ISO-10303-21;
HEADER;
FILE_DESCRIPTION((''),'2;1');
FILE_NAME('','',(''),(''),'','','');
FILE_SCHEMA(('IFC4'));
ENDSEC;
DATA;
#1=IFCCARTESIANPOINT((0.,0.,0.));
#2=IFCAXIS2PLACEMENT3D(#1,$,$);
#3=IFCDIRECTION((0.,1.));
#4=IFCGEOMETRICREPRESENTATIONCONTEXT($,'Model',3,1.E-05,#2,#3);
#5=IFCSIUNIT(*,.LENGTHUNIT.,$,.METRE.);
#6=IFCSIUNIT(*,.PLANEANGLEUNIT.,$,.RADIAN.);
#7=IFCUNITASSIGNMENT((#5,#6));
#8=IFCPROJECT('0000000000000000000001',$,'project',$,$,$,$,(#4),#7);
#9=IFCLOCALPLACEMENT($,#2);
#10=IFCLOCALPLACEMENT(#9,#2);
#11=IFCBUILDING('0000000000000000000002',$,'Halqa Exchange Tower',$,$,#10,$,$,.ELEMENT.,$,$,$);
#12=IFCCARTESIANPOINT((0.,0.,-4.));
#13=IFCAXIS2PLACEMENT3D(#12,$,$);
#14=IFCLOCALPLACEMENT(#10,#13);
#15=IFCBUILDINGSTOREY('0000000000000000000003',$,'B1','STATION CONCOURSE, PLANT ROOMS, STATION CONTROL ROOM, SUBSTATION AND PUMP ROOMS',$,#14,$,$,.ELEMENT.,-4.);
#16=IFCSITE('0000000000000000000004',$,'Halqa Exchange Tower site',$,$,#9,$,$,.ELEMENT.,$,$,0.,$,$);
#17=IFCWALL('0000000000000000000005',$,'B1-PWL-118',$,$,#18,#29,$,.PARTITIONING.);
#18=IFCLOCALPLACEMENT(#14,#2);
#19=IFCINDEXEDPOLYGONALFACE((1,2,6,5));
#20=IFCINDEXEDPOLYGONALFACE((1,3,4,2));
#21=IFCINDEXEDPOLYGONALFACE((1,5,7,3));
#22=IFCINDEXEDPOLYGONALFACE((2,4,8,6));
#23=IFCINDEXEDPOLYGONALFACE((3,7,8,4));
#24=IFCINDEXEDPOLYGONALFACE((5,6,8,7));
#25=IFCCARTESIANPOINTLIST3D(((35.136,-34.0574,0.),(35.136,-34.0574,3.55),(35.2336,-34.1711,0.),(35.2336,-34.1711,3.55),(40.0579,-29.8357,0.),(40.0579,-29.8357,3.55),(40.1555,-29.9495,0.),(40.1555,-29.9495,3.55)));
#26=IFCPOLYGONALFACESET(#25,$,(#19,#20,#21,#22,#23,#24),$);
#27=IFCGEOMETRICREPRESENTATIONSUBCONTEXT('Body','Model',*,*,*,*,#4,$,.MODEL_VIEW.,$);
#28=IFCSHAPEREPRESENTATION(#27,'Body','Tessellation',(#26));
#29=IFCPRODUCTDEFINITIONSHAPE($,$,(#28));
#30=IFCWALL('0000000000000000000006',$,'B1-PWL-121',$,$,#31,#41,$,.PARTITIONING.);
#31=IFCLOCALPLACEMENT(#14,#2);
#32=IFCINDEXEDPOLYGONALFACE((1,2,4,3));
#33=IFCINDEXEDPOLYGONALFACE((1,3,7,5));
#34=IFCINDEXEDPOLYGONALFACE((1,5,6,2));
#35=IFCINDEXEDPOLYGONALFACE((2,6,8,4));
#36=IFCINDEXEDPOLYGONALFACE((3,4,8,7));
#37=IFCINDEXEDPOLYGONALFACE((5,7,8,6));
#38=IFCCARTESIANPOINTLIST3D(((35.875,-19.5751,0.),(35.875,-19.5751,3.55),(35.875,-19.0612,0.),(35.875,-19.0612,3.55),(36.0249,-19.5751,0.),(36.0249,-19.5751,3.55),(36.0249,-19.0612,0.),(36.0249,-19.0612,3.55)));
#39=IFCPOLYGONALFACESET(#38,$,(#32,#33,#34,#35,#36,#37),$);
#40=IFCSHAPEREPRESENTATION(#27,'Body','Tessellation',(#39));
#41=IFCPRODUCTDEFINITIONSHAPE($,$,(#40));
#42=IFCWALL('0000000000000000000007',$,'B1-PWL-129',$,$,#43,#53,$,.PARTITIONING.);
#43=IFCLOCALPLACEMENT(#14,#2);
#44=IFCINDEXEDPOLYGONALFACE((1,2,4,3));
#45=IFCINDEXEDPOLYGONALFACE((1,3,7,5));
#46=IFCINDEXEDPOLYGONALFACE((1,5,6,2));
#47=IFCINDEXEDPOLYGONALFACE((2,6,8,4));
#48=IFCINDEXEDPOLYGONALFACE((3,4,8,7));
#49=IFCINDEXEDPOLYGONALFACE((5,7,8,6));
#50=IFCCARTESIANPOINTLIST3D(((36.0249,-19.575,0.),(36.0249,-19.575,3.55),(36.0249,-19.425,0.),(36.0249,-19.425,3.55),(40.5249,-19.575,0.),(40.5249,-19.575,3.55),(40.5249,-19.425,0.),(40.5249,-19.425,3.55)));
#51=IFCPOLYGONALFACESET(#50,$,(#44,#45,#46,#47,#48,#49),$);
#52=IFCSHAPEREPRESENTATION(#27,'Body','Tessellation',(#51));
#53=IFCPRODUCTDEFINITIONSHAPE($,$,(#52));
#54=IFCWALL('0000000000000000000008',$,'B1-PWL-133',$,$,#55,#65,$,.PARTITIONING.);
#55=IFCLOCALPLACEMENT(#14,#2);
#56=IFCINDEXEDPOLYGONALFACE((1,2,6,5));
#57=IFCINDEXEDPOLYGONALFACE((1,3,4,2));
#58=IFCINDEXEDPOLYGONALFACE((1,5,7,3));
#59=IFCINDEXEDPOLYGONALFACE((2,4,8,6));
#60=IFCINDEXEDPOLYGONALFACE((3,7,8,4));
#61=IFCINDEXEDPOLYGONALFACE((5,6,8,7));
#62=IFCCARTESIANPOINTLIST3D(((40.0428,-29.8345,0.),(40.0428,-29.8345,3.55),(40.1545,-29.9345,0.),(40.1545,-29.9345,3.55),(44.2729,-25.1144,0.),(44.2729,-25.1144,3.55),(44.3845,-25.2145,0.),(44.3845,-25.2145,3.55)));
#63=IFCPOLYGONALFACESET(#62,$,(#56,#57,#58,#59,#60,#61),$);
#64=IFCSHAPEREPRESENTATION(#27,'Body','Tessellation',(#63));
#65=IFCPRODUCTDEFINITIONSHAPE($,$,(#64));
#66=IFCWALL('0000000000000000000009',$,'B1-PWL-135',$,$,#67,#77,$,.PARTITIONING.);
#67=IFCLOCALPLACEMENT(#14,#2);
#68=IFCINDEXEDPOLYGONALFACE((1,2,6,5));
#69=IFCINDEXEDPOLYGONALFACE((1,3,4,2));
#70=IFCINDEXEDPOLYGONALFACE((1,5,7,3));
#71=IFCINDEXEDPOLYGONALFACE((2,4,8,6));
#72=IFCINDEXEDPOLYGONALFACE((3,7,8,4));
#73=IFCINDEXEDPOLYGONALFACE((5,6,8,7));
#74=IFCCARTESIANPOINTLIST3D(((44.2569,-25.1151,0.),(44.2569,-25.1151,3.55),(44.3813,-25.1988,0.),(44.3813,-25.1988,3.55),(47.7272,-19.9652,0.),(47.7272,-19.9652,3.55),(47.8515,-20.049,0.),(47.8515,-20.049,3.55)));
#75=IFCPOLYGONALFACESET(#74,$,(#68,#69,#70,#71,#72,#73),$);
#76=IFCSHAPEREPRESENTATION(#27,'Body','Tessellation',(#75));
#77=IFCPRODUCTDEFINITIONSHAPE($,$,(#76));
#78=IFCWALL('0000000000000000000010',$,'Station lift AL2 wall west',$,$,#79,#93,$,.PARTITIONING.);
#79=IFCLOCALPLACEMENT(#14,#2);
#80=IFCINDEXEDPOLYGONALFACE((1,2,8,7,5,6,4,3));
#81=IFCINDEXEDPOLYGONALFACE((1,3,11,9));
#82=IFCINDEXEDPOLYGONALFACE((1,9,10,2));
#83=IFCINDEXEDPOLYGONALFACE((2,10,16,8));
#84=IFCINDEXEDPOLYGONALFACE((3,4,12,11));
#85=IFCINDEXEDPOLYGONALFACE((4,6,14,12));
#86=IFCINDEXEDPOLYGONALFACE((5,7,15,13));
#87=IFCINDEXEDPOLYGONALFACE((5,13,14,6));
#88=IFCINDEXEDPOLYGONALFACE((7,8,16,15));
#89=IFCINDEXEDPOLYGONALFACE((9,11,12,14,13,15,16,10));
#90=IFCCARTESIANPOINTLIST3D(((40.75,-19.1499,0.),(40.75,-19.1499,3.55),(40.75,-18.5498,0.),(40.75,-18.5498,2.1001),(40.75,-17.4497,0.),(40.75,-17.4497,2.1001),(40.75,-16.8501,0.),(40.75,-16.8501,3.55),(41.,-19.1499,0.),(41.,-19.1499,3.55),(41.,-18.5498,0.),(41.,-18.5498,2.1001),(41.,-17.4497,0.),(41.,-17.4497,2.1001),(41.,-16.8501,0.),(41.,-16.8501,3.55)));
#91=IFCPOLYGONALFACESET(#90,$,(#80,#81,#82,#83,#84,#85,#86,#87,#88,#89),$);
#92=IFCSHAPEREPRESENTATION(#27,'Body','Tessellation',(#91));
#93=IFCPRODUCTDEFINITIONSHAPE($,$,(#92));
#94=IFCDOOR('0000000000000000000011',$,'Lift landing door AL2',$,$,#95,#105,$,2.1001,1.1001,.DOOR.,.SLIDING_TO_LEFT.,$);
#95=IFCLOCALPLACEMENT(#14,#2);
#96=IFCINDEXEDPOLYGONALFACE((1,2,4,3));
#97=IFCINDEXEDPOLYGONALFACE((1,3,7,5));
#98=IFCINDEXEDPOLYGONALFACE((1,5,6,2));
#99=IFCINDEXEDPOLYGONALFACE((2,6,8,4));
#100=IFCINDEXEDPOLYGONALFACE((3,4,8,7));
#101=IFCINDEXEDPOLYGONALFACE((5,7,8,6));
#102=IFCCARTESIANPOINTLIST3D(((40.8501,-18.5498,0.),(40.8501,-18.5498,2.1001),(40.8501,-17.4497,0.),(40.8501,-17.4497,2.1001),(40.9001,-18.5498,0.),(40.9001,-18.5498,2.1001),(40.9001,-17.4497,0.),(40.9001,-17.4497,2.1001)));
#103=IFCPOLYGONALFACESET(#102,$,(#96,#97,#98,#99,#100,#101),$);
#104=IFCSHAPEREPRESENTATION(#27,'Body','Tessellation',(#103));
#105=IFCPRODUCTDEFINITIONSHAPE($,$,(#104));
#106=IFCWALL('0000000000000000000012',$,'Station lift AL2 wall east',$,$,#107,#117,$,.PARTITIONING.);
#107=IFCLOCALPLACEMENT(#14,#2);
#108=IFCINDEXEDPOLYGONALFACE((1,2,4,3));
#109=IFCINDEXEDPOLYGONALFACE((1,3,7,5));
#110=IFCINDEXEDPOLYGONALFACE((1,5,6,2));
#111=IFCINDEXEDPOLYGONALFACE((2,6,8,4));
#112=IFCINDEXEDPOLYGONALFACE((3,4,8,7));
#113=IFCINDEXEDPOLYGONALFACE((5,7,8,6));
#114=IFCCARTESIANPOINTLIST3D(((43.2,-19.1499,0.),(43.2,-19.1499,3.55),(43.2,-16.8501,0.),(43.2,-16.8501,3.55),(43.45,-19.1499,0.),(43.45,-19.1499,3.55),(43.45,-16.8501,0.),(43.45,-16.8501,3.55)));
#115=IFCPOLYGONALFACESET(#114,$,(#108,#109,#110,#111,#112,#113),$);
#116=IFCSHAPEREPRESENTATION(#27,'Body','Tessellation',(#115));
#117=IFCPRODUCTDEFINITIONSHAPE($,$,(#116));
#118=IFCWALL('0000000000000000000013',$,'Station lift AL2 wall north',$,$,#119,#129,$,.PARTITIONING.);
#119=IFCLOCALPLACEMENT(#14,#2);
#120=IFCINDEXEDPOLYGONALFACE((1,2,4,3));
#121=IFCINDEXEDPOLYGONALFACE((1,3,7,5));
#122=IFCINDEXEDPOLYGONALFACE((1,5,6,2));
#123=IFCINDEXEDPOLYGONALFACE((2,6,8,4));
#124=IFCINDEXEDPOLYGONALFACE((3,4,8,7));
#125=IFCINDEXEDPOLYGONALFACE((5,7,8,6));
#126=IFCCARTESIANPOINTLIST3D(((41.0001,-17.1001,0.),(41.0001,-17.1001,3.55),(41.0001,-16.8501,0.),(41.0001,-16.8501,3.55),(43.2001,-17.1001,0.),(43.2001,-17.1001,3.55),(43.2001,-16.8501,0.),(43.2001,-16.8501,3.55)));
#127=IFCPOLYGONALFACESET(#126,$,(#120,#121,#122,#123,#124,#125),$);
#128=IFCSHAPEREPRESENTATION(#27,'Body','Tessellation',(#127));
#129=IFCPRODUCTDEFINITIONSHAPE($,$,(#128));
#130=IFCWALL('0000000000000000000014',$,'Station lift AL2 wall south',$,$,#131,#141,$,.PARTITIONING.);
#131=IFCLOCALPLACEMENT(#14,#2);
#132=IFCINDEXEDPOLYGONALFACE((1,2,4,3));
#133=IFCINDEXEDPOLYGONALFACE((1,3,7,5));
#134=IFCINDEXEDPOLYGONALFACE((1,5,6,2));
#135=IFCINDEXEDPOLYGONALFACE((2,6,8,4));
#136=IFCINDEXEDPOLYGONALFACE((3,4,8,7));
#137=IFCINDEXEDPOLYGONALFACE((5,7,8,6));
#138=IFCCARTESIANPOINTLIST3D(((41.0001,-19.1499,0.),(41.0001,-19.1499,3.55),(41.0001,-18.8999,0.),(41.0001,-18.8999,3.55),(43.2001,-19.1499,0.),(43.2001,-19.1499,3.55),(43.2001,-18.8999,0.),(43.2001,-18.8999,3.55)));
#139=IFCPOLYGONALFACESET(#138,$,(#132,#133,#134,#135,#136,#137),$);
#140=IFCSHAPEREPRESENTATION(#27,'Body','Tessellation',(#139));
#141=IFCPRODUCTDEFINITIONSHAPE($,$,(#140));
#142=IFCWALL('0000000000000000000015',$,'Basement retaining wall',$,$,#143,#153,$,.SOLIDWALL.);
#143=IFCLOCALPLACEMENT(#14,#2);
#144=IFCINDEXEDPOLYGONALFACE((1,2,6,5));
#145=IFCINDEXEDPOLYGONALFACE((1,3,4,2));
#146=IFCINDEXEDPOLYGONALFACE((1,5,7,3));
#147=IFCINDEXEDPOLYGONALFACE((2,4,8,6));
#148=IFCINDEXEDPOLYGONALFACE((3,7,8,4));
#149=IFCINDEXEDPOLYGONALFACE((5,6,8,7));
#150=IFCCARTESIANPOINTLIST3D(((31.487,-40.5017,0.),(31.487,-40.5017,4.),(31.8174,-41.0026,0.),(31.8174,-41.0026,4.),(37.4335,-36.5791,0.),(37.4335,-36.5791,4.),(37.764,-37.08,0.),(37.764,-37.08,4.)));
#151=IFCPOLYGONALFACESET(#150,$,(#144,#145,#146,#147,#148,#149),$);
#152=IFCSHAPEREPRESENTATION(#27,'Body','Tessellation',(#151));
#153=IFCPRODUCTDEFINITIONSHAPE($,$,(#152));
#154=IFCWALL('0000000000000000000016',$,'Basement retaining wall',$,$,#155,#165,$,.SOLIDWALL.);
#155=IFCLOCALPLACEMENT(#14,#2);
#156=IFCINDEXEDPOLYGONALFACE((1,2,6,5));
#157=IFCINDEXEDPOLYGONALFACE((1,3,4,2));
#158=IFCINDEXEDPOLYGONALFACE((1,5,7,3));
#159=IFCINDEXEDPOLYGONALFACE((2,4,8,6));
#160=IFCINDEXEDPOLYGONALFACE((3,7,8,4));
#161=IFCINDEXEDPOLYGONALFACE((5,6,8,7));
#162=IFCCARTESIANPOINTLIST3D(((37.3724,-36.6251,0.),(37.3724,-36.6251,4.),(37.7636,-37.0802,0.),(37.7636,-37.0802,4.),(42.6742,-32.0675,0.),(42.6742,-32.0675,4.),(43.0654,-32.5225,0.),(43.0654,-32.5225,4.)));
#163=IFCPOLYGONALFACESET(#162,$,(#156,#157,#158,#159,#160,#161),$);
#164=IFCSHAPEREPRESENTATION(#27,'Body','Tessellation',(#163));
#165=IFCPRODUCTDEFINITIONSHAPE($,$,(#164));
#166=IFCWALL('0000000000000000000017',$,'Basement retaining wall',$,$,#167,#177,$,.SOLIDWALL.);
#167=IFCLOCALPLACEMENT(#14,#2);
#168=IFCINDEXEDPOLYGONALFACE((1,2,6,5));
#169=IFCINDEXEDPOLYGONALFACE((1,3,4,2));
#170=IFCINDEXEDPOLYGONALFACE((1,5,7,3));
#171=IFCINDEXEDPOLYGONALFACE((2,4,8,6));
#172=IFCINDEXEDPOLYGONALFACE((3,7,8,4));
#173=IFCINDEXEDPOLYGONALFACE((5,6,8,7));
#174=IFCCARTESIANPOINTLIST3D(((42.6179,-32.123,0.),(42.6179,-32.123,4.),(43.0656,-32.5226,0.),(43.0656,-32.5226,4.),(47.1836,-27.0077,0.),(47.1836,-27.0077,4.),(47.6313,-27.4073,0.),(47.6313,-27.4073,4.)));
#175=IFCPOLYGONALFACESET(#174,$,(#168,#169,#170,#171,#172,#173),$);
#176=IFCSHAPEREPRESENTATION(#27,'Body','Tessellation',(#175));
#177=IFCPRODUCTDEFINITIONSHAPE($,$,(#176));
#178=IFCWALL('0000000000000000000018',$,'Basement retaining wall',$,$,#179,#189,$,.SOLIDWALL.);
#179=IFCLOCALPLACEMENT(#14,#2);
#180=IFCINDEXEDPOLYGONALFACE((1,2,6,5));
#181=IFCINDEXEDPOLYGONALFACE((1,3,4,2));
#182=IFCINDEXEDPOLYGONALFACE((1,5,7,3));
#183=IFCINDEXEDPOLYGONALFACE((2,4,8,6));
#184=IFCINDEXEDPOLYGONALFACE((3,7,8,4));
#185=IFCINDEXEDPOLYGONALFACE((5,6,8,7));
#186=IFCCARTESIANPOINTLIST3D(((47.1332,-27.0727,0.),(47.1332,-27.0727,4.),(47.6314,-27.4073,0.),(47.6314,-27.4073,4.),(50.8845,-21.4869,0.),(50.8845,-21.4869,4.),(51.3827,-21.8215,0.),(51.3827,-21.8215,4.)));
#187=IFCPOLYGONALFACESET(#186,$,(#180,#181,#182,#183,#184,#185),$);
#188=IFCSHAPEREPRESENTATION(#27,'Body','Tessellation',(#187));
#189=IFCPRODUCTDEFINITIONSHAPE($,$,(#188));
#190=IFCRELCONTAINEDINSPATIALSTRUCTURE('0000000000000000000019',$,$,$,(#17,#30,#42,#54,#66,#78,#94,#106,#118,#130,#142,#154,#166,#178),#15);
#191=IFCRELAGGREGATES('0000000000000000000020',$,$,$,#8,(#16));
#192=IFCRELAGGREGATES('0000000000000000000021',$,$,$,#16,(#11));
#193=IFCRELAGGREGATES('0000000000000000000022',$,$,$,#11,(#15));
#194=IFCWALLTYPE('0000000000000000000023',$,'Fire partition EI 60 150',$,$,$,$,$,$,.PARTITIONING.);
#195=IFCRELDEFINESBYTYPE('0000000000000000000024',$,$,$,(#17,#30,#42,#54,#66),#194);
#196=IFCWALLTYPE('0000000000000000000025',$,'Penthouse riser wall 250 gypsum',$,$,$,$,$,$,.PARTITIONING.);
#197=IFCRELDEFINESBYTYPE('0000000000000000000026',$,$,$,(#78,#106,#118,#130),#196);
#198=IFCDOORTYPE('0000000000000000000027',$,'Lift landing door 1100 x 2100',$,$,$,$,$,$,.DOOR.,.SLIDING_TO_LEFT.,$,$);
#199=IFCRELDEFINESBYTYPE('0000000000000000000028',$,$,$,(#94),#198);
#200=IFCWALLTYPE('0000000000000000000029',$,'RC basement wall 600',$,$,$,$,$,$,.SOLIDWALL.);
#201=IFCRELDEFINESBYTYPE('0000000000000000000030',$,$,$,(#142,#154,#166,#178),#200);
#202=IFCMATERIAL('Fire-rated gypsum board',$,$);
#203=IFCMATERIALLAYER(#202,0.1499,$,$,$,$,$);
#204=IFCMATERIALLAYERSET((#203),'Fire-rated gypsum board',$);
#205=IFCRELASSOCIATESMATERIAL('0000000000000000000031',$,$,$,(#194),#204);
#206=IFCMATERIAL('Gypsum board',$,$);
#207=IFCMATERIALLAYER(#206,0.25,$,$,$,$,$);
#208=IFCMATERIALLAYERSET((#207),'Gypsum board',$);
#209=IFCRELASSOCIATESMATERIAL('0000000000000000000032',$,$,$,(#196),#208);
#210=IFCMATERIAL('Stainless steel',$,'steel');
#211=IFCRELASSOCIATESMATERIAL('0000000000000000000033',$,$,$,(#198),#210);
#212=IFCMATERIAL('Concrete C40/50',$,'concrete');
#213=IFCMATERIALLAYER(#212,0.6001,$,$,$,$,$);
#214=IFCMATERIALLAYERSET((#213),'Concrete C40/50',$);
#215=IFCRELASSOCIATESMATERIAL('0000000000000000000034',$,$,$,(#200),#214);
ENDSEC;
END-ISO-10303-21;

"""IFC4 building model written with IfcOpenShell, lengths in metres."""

from ifc_helpers import new_model, si_unit, direction, frame, frame_2d, origin, place, context, subcontext, project, spatial, rectangle, extrude, material, layer, layer_set, type_object, element, fill, save


model = new_model("IFC4")

# Units and contexts
model_context = context("Model", 3, precision=1e-05, world=origin(), true_north=direction((0.0, 1.0)))
body_context = subcontext(model_context, "Body", "Model", "MODEL_VIEW")
ifc_project = project(units=[si_unit("LENGTHUNIT", "METRE"), si_unit("PLANEANGLEUNIT", "RADIAN")], contexts=[model_context])

# Site, building, storey
site_placement = place(None, origin())
site = spatial("IfcSite", under=ifc_project, at=site_placement, Name="Halqa Exchange Tower site", CompositionType="ELEMENT", RefElevation=0.0)
building_placement = place(site_placement, origin())
building = spatial("IfcBuilding", under=site, at=building_placement, Name="Halqa Exchange Tower", CompositionType="ELEMENT")
storey_placement = place(building_placement, frame((0.0, 0.0, -4.0)))
storey = spatial("IfcBuildingStorey", under=building, at=storey_placement, Name="B1", Description="STATION CONCOURSE, PLANT ROOMS, STATION CONTROL ROOM, SUBSTATION AND PUMP ROOMS", CompositionType="ELEMENT", Elevation=-4.0)

# Shared definitions
ifc_material_1 = material(Name="Fire-rated gypsum board")
ifc_layer_1 = layer(ifc_material_1, 0.1499)
ifc_layer_set_1 = layer_set([ifc_layer_1], Name="Fire-rated gypsum board")
wall_type_1 = type_object("IfcWallType", Name="Fire partition EI 60 150", PredefinedType="PARTITIONING", material=ifc_layer_set_1)

# Walls
wall_1_placement = place(storey_placement, frame((35.1848, -34.1143, 0.0), z_axis=(0.0, 0.0, 1.0), x_axis=(0.759033, 0.651052, 0.0)))
element("IfcWall", 1, at=wall_1_placement, inside=storey, type_object=wall_type_1, Name="B1-PWL-118", PredefinedType="PARTITIONING", context=body_context, shape_type="SweptSolid", body=[
    extrude(rectangle(XDim=6.4844, YDim=0.1499, at=frame_2d((3.2422, 0.0))), origin(), (0.0, 0.0, 1.0), 3.55),
])
wall_2_placement = place(storey_placement, frame((35.95, -19.575, 0.0), z_axis=(0.0, 0.0, 1.0), x_axis=(0.0, 1.0, 0.0)))
element("IfcWall", 2, at=wall_2_placement, inside=storey, type_object=wall_type_1, Name="B1-PWL-121", PredefinedType="PARTITIONING", context=body_context, shape_type="SweptSolid", body=[
    extrude(rectangle(XDim=0.5139, YDim=0.1499, at=frame_2d((0.2568, 0.0))), origin(), (0.0, 0.0, 1.0), 3.55),
])
wall_3_placement = place(storey_placement, frame((40.5249, -19.5, 0.0), z_axis=(0.0, 0.0, 1.0), x_axis=(-1.0, 0.0, 0.0)))
element("IfcWall", 3, at=wall_3_placement, inside=storey, type_object=wall_type_1, Name="B1-PWL-129", PredefinedType="PARTITIONING", context=body_context, shape_type="SweptSolid", body=[
    extrude(rectangle(XDim=4.5, YDim=0.1499, at=frame_2d((2.25, 0.0))), origin(), (0.0, 0.0, 1.0), 3.55),
])
wall_4_placement = place(storey_placement, frame((44.3286, -25.1646, 0.0), z_axis=(0.0, 0.0, 1.0), x_axis=(-0.667395, -0.744704, 0.0)))
element("IfcWall", 4, at=wall_4_placement, inside=storey, type_object=wall_type_1, Name="B1-PWL-133", PredefinedType="PARTITIONING", context=body_context, shape_type="SweptSolid", body=[
    extrude(rectangle(XDim=6.3381, YDim=0.1499, at=frame_2d((3.1689, 0.0))), origin(), (0.0, 0.0, 1.0), 3.55),
])
wall_5_placement = place(storey_placement, frame((47.7893, -20.0071, 0.0), z_axis=(0.0, 0.0, 1.0), x_axis=(-0.558812, -0.829294, 0.0)))
element("IfcWall", 5, at=wall_5_placement, inside=storey, type_object=wall_type_1, Name="B1-PWL-135", PredefinedType="PARTITIONING", context=body_context, shape_type="SweptSolid", body=[
    extrude(rectangle(XDim=6.21, YDim=0.1499, at=frame_2d((3.105, 0.0))), origin(), (0.0, 0.0, 1.0), 3.55),
])

# Wall, opening, door
ifc_material_2 = material(Name="Gypsum board")
ifc_layer_2 = layer(ifc_material_2, 0.25)
ifc_layer_set_2 = layer_set([ifc_layer_2], Name="Gypsum board")
wall_type_2 = type_object("IfcWallType", Name="Penthouse riser wall 250 gypsum", PredefinedType="PARTITIONING", material=ifc_layer_set_2)
wall_6_placement = place(storey_placement, frame((40.875, -19.1499, 0.0), z_axis=(0.0, 0.0, 1.0), x_axis=(0.0, 1.0, 0.0)))
wall_6 = element("IfcWall", 6, at=wall_6_placement, inside=storey, type_object=wall_type_2, Name="Station lift AL2 wall west", PredefinedType="PARTITIONING", context=body_context, shape_type="SweptSolid", body=[
    extrude(rectangle(XDim=2.2998, YDim=0.25, at=frame_2d((1.1499, 0.0))), origin(), (0.0, 0.0, 1.0), 3.55),
])
opening_1_placement = place(wall_6_placement, frame((0.6001, 0.0, 0.0)))
opening_1 = element("IfcOpeningElement", 7, at=opening_1_placement, cuts=wall_6, PredefinedType="OPENING", context=body_context, shape_type="SweptSolid", body=[
    extrude(rectangle(XDim=1.1001, YDim=2.1001, at=frame_2d((0.55, 1.05))), frame((0.0, 0.137, 0.0), z_axis=(0.0, -1.0, 0.0), x_axis=(1.0, 0.0, 0.0)), (0.0, 0.0, 1.0), 0.2739),
])
ifc_material_3 = material(Name="Stainless steel", Category="steel")
door_type_1 = type_object("IfcDoorType", Name="Lift landing door 1100 x 2100", OperationType="SLIDING_TO_LEFT", PredefinedType="DOOR", material=ifc_material_3)
door_1_placement = place(opening_1_placement, origin())
door_1 = element("IfcDoor", 8, at=door_1_placement, inside=storey, type_object=door_type_1, Name="Lift landing door AL2", OperationType="SLIDING_TO_LEFT", OverallHeight=2.1001, OverallWidth=1.1001, PredefinedType="DOOR", context=body_context, shape_type="SweptSolid", body=[
    extrude(rectangle(XDim=1.1001, YDim=2.1001, at=frame_2d((0.55, 1.05))), frame((0.0, 0.0249, 0.0), z_axis=(0.0, -1.0, 0.0), x_axis=(1.0, 0.0, 0.0)), (0.0, 0.0, 1.0), 0.05),
])
fill(opening_1, door_1)

# Walls
wall_7_placement = place(storey_placement, frame((43.325, -19.1499, 0.0), z_axis=(0.0, 0.0, 1.0), x_axis=(0.0, 1.0, 0.0)))
element("IfcWall", 9, at=wall_7_placement, inside=storey, type_object=wall_type_2, Name="Station lift AL2 wall east", PredefinedType="PARTITIONING", context=body_context, shape_type="SweptSolid", body=[
    extrude(rectangle(XDim=2.2998, YDim=0.25, at=frame_2d((1.1499, 0.0))), origin(), (0.0, 0.0, 1.0), 3.55),
])
for number, where, z_axis, x_axis, name in (
    (10, (41.0, -16.9751, 0.0), (0.0, 0.0, 1.0), (1.0, 0.0, 0.0), "Station lift AL2 wall north"),
    (11, (41.0, -19.0249, 0.0), (0.0, 0.0, 1.0), (1.0, 0.0, 0.0), "Station lift AL2 wall south"),
):
    element("IfcWall", number, at=place(storey_placement, frame(where, z_axis=z_axis, x_axis=x_axis)), inside=storey, type_object=wall_type_2, Name=name, PredefinedType="PARTITIONING", context=body_context, shape_type="SweptSolid", body=[
        extrude(rectangle(XDim=2.2, YDim=0.25, at=frame_2d((1.1001, 0.0))), origin(), (0.0, 0.0, 1.0), 3.55),
    ])
ifc_material_4 = material(Name="Concrete C40/50", Category="concrete")
ifc_layer_3 = layer(ifc_material_4, 0.6001)
ifc_layer_set_3 = layer_set([ifc_layer_3], Name="Concrete C40/50")
wall_type_3 = type_object("IfcWallType", Name="RC basement wall 600", PredefinedType="SOLIDWALL", material=ifc_layer_set_3)
wall_8_placement = place(storey_placement, frame((31.6521, -40.7522, 0.0), z_axis=(0.0, 0.0, 1.0), x_axis=(0.834745, 0.550636, 0.0)))
element("IfcWall", 12, at=wall_8_placement, inside=storey, type_object=wall_type_3, Name="Basement retaining wall", PredefinedType="SOLIDWALL", context=body_context, shape_type="SweptSolid", body=[
    extrude(rectangle(XDim=7.1238, YDim=0.6001, at=frame_2d((3.562, 0.0))), origin(), (0.0, 0.0, 1.0), 4.0),
])
wall_9_placement = place(storey_placement, frame((37.5681, -36.8525, 0.0), z_axis=(0.0, 0.0, 1.0), x_axis=(0.758319, 0.651883, 0.0)))
element("IfcWall", 13, at=wall_9_placement, inside=storey, type_object=wall_type_3, Name="Basement retaining wall", PredefinedType="SOLIDWALL", context=body_context, shape_type="SweptSolid", body=[
    extrude(rectangle(XDim=6.9915, YDim=0.6001, at=frame_2d((3.4956, 0.0))), origin(), (0.0, 0.0, 1.0), 4.0),
])
wall_10_placement = place(storey_placement, frame((42.8418, -32.3228, 0.0), z_axis=(0.0, 0.0, 1.0), x_axis=(0.665894, 0.746046, 0.0)))
element("IfcWall", 14, at=wall_10_placement, inside=storey, type_object=wall_type_3, Name="Basement retaining wall", PredefinedType="SOLIDWALL", context=body_context, shape_type="SweptSolid", body=[
    extrude(rectangle(XDim=6.8564, YDim=0.6001, at=frame_2d((3.4282, 0.0))), origin(), (0.0, 0.0, 1.0), 4.0),
])
wall_11_placement = place(storey_placement, frame((47.3823, -27.24, 0.0), z_axis=(0.0, 0.0, 1.0), x_axis=(0.557519, 0.830164, 0.0)))
element("IfcWall", 15, at=wall_11_placement, inside=storey, type_object=wall_type_3, Name="Basement retaining wall", PredefinedType="SOLIDWALL", context=body_context, shape_type="SweptSolid", body=[
    extrude(rectangle(XDim=6.7285, YDim=0.6001, at=frame_2d((3.3643, 0.0))), origin(), (0.0, 0.0, 1.0), 4.0),
])

save(model, "model.ifc")
